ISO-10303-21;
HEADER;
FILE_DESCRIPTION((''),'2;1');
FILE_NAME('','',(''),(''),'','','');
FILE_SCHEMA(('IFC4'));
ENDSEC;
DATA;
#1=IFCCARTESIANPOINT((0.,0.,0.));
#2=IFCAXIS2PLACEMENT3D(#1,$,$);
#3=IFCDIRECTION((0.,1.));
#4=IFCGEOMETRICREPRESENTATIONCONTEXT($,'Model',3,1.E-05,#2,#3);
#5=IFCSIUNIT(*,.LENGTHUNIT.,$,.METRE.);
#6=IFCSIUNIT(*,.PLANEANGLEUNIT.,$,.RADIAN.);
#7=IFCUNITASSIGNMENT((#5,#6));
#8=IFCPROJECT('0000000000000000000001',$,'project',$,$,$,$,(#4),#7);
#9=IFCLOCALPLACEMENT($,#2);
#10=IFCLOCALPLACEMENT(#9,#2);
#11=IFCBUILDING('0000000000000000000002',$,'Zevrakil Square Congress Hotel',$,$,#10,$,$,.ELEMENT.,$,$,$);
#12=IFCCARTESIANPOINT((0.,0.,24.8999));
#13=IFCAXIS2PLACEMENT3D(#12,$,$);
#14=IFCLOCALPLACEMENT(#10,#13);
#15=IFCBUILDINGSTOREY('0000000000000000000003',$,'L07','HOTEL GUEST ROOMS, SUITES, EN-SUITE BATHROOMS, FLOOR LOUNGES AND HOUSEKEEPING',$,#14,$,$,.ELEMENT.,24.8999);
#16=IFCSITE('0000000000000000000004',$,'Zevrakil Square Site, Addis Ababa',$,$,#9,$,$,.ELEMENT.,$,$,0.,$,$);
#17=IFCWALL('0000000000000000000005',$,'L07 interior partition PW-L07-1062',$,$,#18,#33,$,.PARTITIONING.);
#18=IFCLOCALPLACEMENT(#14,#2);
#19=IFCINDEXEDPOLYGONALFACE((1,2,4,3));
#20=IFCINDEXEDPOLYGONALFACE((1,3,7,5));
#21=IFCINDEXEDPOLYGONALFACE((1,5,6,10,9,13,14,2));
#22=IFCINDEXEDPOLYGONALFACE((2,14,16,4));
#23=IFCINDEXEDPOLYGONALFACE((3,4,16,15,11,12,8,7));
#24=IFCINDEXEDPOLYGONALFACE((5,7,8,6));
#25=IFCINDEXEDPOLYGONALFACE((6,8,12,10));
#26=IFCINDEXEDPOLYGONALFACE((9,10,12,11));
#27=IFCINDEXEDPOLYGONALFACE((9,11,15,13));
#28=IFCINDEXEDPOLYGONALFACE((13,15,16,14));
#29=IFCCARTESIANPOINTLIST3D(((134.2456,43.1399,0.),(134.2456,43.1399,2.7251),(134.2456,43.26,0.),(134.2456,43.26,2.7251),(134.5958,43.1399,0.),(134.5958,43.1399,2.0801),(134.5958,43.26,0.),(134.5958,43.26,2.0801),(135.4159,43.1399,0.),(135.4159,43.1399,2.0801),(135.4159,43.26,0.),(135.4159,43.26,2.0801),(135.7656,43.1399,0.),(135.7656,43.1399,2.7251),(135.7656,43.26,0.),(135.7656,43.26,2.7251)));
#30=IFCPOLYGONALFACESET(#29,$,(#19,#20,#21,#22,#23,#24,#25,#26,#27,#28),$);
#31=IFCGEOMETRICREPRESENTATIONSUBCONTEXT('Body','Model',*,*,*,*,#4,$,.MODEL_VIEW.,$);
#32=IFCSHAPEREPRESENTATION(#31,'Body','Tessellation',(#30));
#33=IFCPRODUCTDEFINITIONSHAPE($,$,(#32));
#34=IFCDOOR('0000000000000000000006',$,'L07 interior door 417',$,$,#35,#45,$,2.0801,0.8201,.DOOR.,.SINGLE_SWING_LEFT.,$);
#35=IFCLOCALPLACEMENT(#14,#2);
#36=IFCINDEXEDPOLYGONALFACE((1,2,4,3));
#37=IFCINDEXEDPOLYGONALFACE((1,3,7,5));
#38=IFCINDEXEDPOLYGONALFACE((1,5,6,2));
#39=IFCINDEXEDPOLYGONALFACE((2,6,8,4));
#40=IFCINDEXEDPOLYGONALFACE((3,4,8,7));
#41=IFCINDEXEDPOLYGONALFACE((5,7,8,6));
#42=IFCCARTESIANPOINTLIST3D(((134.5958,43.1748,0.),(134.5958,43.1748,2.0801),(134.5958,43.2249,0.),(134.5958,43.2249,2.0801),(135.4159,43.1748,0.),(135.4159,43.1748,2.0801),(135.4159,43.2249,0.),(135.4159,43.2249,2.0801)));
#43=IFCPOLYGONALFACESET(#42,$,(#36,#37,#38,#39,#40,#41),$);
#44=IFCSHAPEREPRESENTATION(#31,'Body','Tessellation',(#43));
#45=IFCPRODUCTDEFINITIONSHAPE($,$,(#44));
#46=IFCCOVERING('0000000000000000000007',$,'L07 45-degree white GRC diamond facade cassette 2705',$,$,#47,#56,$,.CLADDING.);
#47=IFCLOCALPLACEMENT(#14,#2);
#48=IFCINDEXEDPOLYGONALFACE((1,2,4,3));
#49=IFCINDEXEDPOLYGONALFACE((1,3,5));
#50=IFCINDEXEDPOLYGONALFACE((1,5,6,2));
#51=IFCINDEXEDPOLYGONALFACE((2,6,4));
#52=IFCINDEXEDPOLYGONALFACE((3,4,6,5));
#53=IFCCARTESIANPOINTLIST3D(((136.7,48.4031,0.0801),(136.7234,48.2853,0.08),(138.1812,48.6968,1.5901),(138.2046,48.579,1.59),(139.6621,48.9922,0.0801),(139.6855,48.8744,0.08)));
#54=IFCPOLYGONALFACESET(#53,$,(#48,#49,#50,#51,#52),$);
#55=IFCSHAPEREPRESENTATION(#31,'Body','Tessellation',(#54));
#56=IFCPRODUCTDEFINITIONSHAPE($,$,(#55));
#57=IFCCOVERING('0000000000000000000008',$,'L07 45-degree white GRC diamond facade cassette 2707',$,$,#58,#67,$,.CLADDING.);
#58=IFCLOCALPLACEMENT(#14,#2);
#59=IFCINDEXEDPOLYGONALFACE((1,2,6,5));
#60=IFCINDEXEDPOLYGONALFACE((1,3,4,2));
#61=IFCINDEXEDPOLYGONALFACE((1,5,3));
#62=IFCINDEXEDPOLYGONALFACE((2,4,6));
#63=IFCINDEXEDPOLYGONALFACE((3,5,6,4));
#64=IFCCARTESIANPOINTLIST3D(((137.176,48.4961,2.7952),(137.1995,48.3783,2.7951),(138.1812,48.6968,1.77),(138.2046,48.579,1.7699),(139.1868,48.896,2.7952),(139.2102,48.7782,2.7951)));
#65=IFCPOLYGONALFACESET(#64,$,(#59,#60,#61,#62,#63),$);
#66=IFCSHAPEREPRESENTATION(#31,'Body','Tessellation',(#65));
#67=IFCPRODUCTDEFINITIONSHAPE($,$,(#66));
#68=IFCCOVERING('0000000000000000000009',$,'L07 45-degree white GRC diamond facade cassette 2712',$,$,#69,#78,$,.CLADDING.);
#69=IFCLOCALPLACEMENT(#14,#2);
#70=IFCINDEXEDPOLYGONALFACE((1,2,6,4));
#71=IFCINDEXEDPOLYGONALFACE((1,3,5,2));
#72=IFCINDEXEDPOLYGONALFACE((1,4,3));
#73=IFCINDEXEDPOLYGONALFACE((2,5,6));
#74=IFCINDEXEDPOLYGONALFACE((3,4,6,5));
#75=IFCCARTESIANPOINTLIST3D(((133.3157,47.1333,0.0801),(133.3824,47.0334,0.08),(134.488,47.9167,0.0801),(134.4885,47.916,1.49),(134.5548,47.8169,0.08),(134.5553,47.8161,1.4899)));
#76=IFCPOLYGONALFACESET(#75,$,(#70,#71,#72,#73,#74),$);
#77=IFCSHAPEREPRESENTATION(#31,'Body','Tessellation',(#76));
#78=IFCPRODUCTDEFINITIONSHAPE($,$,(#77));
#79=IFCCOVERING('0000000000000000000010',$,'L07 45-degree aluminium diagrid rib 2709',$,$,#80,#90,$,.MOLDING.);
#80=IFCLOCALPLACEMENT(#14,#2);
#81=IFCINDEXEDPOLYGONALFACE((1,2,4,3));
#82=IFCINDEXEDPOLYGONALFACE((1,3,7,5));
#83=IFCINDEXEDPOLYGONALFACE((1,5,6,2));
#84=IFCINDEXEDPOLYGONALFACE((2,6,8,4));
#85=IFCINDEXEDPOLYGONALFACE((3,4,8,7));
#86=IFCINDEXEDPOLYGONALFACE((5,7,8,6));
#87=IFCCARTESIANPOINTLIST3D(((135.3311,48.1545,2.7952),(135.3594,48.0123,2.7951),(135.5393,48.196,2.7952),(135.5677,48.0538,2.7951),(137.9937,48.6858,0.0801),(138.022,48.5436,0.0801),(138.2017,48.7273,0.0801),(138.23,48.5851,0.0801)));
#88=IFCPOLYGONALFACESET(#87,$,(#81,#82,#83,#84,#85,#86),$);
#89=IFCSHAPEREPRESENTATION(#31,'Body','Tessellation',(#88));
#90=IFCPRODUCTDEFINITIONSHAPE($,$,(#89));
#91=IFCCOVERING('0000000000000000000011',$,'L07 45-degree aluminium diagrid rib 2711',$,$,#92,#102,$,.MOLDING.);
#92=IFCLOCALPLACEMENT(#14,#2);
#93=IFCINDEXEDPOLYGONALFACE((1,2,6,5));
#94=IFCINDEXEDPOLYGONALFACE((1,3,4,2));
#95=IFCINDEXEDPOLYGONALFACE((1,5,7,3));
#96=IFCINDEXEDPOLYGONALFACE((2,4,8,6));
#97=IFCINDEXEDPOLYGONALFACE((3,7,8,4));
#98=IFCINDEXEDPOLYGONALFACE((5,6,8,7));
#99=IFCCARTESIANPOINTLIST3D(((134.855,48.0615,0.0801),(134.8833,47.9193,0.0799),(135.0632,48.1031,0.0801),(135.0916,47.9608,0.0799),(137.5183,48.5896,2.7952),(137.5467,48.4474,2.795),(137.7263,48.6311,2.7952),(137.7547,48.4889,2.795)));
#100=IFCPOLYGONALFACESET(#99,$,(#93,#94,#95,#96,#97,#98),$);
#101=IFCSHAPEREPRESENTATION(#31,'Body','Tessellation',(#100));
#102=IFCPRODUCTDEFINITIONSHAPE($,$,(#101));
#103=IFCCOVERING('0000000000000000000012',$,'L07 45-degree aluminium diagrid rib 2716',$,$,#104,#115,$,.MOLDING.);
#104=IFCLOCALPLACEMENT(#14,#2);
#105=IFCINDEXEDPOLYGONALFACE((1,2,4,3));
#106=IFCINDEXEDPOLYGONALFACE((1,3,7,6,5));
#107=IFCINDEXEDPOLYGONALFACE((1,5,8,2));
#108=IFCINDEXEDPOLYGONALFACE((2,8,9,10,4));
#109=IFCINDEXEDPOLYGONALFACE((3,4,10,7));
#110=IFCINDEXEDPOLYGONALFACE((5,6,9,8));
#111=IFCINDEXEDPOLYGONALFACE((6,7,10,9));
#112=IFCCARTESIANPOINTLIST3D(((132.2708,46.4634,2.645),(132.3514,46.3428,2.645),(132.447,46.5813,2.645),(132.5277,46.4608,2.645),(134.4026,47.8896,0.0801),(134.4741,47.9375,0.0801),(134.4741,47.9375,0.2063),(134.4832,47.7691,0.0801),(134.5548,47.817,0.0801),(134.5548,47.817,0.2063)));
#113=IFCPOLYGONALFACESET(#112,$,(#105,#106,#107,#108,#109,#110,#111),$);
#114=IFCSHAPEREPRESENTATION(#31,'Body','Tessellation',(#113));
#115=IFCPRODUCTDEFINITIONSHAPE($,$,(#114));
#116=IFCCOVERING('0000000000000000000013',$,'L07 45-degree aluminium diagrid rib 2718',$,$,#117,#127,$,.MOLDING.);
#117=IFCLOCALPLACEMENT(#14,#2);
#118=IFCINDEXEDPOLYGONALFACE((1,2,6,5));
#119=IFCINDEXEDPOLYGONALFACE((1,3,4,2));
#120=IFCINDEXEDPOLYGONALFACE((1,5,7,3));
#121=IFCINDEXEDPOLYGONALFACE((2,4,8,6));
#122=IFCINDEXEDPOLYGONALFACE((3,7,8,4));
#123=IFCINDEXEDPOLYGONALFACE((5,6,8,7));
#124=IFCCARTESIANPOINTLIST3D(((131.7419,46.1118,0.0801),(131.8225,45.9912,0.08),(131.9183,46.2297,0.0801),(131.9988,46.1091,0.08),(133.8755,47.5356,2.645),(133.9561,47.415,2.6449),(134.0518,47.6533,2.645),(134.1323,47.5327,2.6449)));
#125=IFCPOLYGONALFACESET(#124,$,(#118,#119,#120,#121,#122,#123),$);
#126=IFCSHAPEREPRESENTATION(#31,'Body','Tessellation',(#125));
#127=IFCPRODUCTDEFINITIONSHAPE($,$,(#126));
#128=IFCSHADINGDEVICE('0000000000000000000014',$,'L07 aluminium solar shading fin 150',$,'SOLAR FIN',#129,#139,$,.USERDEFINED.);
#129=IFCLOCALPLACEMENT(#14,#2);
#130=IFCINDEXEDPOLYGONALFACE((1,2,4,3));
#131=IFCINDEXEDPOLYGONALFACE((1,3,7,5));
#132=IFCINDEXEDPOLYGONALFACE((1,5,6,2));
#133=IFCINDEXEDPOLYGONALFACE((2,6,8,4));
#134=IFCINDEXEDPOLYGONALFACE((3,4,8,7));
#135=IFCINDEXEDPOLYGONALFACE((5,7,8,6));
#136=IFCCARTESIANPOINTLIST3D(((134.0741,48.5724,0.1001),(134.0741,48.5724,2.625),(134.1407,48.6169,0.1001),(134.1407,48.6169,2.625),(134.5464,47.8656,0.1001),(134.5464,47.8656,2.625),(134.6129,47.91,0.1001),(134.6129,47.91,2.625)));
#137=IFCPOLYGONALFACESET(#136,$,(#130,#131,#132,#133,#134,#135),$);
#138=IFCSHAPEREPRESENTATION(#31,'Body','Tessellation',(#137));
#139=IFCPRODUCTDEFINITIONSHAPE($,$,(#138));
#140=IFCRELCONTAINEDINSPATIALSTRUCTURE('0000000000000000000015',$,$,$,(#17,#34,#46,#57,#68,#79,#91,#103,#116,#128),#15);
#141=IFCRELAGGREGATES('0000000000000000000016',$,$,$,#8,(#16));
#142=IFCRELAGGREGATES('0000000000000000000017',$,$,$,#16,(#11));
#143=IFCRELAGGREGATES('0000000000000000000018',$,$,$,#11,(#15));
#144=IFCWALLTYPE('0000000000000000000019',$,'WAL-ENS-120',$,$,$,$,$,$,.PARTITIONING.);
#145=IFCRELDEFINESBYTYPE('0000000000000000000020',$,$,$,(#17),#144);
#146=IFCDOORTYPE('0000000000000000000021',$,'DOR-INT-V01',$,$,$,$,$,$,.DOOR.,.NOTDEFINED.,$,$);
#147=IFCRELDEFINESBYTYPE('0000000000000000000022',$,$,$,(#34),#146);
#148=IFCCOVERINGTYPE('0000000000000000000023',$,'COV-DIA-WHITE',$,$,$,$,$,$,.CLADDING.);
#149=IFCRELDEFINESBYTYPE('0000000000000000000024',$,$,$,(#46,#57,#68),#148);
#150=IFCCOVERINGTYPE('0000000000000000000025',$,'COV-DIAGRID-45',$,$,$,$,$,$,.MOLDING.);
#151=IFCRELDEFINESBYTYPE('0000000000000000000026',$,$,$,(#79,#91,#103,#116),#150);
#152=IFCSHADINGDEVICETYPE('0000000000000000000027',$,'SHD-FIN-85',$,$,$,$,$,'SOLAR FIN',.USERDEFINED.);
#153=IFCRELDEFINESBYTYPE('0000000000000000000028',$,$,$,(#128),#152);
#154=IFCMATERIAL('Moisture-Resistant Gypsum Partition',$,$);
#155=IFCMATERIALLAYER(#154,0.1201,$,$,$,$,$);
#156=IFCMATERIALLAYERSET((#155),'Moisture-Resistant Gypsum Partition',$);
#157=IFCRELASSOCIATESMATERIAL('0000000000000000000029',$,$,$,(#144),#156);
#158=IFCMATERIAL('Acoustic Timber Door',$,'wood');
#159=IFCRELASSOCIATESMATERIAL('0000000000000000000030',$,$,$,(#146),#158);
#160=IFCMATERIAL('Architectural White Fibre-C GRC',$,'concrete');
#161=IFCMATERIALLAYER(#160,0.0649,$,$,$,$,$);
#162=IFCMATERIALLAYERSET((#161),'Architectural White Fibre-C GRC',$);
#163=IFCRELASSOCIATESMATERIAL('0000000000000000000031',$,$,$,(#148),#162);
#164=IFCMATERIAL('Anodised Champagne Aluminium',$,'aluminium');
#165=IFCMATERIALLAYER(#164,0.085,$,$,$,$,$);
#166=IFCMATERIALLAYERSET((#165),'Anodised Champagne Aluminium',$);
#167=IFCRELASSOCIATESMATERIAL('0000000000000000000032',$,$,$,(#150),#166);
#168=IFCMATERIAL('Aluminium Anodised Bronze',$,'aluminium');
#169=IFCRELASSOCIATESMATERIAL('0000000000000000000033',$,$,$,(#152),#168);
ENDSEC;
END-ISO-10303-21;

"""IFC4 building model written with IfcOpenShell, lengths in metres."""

from ifc_helpers import new_model, si_unit, direction, frame, frame_2d, origin, origin_2d, place, context, subcontext, project, spatial, polyline, rectangle, outline, extrude, material, layer, layer_set, type_object, element, fill, save


model = new_model("IFC4")

# Units and contexts
model_context = context("Model", 3, precision=1e-05, world=origin(), true_north=direction((0.0, 1.0)))
body_context = subcontext(model_context, "Body", "Model", "MODEL_VIEW")
ifc_project = project(units=[si_unit("LENGTHUNIT", "METRE"), si_unit("PLANEANGLEUNIT", "RADIAN")], contexts=[model_context])

# Site, building, storey
site_placement = place(None, origin())
site = spatial("IfcSite", under=ifc_project, at=site_placement, Name="Zevrakil Square Site, Addis Ababa", CompositionType="ELEMENT", RefElevation=0.0)
building_placement = place(site_placement, origin())
building = spatial("IfcBuilding", under=site, at=building_placement, Name="Zevrakil Square Congress Hotel", CompositionType="ELEMENT")
storey_placement = place(building_placement, frame((0.0, 0.0, 24.8999)))
storey = spatial("IfcBuildingStorey", under=building, at=storey_placement, Name="L07", Description="HOTEL GUEST ROOMS, SUITES, EN-SUITE BATHROOMS, FLOOR LOUNGES AND HOUSEKEEPING", CompositionType="ELEMENT", Elevation=24.8999)

# Wall, opening, door
ifc_material_1 = material(Name="Moisture-Resistant Gypsum Partition")
ifc_layer_1 = layer(ifc_material_1, 0.1201)
ifc_layer_set_1 = layer_set([ifc_layer_1], Name="Moisture-Resistant Gypsum Partition")
wall_type = type_object("IfcWallType", Name="WAL-ENS-120", PredefinedType="PARTITIONING", material=ifc_layer_set_1)
ifc_material_2 = material(Name="Acoustic Timber Door", Category="wood")
door_type = type_object("IfcDoorType", Name="DOR-INT-V01", OperationType="NOTDEFINED", PredefinedType="DOOR", material=ifc_material_2)
wall_1_placement = place(storey_placement, frame((134.2456, 43.2, 0.0), z_axis=(0.0, 0.0, 1.0), x_axis=(1.0, 0.0, 0.0)))
wall_1 = element("IfcWall", 1, at=wall_1_placement, inside=storey, type_object=wall_type, Name="L07 interior partition PW-L07-1062", PredefinedType="PARTITIONING", context=body_context, shape_type="SweptSolid", body=[
    extrude(rectangle(XDim=1.52, YDim=0.1201, at=frame_2d((0.76, 0.0))), origin(), (0.0, 0.0, 1.0), 2.7251),
])
opening_1_placement = place(wall_1_placement, frame((0.3501, 0.0, 0.0)))
opening_1 = element("IfcOpeningElement", 2, at=opening_1_placement, cuts=wall_1, PredefinedType="OPENING", context=body_context, shape_type="SweptSolid", body=[
    extrude(rectangle(XDim=0.8201, YDim=2.0801, at=frame_2d((0.4102, 1.04))), frame((0.0, 0.0701, 0.0), z_axis=(0.0, -1.0, 0.0), x_axis=(1.0, 0.0, 0.0)), (0.0, 0.0, 1.0), 0.1401),
])
door_1_placement = place(opening_1_placement, origin())
door_1 = element("IfcDoor", 3, at=door_1_placement, inside=storey, type_object=door_type, Name="L07 interior door 417", OperationType="SINGLE_SWING_LEFT", OverallHeight=2.0801, OverallWidth=0.8201, PredefinedType="DOOR", context=body_context, shape_type="SweptSolid", body=[
    extrude(rectangle(XDim=0.8201, YDim=2.0801, at=frame_2d((0.4102, 1.04))), frame((0.0, 0.0249, 0.0), z_axis=(0.0, -1.0, 0.0), x_axis=(1.0, 0.0, 0.0)), (0.0, 0.0, 1.0), 0.05),
])
fill(opening_1, door_1)

# Coverings
ifc_material_3 = material(Name="Architectural White Fibre-C GRC", Category="concrete")
ifc_layer_2 = layer(ifc_material_3, 0.0649)
ifc_layer_set_2 = layer_set([ifc_layer_2], Name="Architectural White Fibre-C GRC")
covering_type_1 = type_object("IfcCoveringType", Name="COV-DIA-WHITE", PredefinedType="CLADDING", material=ifc_layer_set_2)
covering_1_placement = place(storey_placement, frame((138.1812, 48.6968, 1.5901), z_axis=(-0.195059, 0.980791, 0.000571), x_axis=(-0.69361, -0.137533, -0.7071)))
element("IfcCovering", 4, at=covering_1_placement, inside=storey, type_object=covering_type_1, Name="L07 45-degree white GRC diamond facade cassette 2705", PredefinedType="CLADDING", context=body_context, shape_type="SweptSolid", body=[
    extrude(outline(polyline([(0.0, 0.0), (2.1355, 0.0), (-0.0001, -2.1356), (0.0, 0.0)])), origin(), (0.0, 0.0, -1.0), 0.1201),
])
covering_2_placement = place(storey_placement, frame((138.1812, 48.6968, 1.77), z_axis=(-0.195063, 0.980791, 0.000747), x_axis=(0.693631, 0.137413, 0.707103)))
element("IfcCovering", 5, at=covering_2_placement, inside=storey, type_object=covering_type_1, Name="L07 45-degree white GRC diamond facade cassette 2707", PredefinedType="CLADDING", context=body_context, shape_type="SweptSolid", body=[
    extrude(outline(polyline([(0.0, 0.0), (1.4498, 0.0), (0.0001, -1.4496), (0.0, 0.0)])), origin(), (0.0, 0.0, -1.0), 0.1201),
])
covering_3_placement = place(storey_placement, frame((133.3157, 47.1333, 0.0801), z_axis=(-0.555619, 0.831437, 0.000624), x_axis=(0.831437, 0.555619, 0.0)))
element("IfcCovering", 6, at=covering_3_placement, inside=storey, type_object=covering_type_1, Name="L07 45-degree white GRC diamond facade cassette 2712", PredefinedType="CLADDING", context=body_context, shape_type="SweptSolid", body=[
    extrude(outline(polyline([(0.0, 0.0), (1.41, 0.0), (1.41, -1.4099), (0.0, 0.0)])), origin(), (0.0, 0.0, -1.0), 0.1201),
])
ifc_material_4 = material(Name="Anodised Champagne Aluminium", Category="aluminium")
ifc_layer_3 = layer(ifc_material_4, 0.085)
ifc_layer_set_3 = layer_set([ifc_layer_3], Name="Anodised Champagne Aluminium")
covering_type_2 = type_object("IfcCoveringType", Name="COV-DIAGRID-45", PredefinedType="MOLDING", material=ifc_layer_set_3)
covering_4_placement = place(storey_placement, frame((137.9937, 48.6858, 0.0801), z_axis=(-0.195563, 0.980691, 0.000114), x_axis=(0.980691, 0.195563, 0.0)))
element("IfcCovering", 7, at=covering_4_placement, inside=storey, type_object=covering_type_2, Name="L07 45-degree aluminium diagrid rib 2709", PredefinedType="MOLDING", context=body_context, shape_type="SweptSolid", body=[
    extrude(outline(polyline([(0.0, 0.0), (0.2121, 0.0), (-2.5027, -2.7151), (-2.7151, -2.7151), (0.0, 0.0)])), origin(), (0.0, 0.0, -1.0), 0.145),
])
covering_5_placement = place(storey_placement, frame((137.7263, 48.6311, 2.7952), z_axis=(-0.195563, 0.980691, 0.001085), x_axis=(-0.980691, -0.195563, 0.0)))
element("IfcCovering", 8, at=covering_5_placement, inside=storey, type_object=covering_type_2, Name="L07 45-degree aluminium diagrid rib 2711", PredefinedType="MOLDING", context=body_context, shape_type="SweptSolid", body=[
    extrude(outline(polyline([(0.0, 0.0), (0.2121, 0.0), (2.9273, -2.7151), (2.7149, -2.7151), (0.0, 0.0)])), origin(), (0.0, 0.0, -1.0), 0.145),
])
covering_6_placement = place(storey_placement, frame((134.4026, 47.8896, 0.0801), z_axis=(-0.556034, 0.83116, 0.000033), x_axis=(0.83116, 0.556034, 0.0)))
element("IfcCovering", 9, at=covering_6_placement, inside=storey, type_object=covering_type_2, Name="L07 45-degree aluminium diagrid rib 2716", PredefinedType="MOLDING", context=body_context, shape_type="SweptSolid", body=[
    extrude(outline(polyline([(0.0, 0.0), (0.0861, 0.0), (0.0861, -0.1262), (-2.3529, -2.5649), (-2.565, -2.5649), (0.0, 0.0)])), origin(), (0.0, 0.0, -1.0), 0.145),
])
covering_7_placement = place(storey_placement, frame((134.0518, 47.6533, 2.645), z_axis=(-0.55563, 0.83143, 0.000682), x_axis=(-0.83143, -0.55563, 0.0)))
element("IfcCovering", 10, at=covering_7_placement, inside=storey, type_object=covering_type_2, Name="L07 45-degree aluminium diagrid rib 2718", PredefinedType="MOLDING", context=body_context, shape_type="SweptSolid", body=[
    extrude(outline(polyline([(0.0, 0.0), (0.2119, 0.0), (2.777, -2.5649), (2.5649, -2.5649), (0.0, 0.0)])), origin(), (0.0, 0.0, -1.0), 0.145),
])

# Shading device
ifc_material_5 = material(Name="Aluminium Anodised Bronze", Category="aluminium")
shading_device_type = type_object("IfcShadingDeviceType", Name="SHD-FIN-85", ElementType="SOLAR FIN", PredefinedType="USERDEFINED", material=ifc_material_5)
shading_device_placement = place(storey_placement, frame((134.3435, 48.2412, 0.1001), z_axis=(0.0, 0.0, 1.0), x_axis=(-0.55557, 0.83147, 0.0)))
element("IfcShadingDevice", 11, at=shading_device_placement, inside=storey, type_object=shading_device_type, Name="L07 aluminium solar shading fin 150", ObjectType="SOLAR FIN", PredefinedType="USERDEFINED", context=body_context, shape_type="SweptSolid", body=[
    extrude(rectangle(XDim=0.8501, YDim=0.0801, at=origin_2d()), origin(), (0.0, 0.0, 1.0), 2.5249),
])

save(model, "model.ifc")
